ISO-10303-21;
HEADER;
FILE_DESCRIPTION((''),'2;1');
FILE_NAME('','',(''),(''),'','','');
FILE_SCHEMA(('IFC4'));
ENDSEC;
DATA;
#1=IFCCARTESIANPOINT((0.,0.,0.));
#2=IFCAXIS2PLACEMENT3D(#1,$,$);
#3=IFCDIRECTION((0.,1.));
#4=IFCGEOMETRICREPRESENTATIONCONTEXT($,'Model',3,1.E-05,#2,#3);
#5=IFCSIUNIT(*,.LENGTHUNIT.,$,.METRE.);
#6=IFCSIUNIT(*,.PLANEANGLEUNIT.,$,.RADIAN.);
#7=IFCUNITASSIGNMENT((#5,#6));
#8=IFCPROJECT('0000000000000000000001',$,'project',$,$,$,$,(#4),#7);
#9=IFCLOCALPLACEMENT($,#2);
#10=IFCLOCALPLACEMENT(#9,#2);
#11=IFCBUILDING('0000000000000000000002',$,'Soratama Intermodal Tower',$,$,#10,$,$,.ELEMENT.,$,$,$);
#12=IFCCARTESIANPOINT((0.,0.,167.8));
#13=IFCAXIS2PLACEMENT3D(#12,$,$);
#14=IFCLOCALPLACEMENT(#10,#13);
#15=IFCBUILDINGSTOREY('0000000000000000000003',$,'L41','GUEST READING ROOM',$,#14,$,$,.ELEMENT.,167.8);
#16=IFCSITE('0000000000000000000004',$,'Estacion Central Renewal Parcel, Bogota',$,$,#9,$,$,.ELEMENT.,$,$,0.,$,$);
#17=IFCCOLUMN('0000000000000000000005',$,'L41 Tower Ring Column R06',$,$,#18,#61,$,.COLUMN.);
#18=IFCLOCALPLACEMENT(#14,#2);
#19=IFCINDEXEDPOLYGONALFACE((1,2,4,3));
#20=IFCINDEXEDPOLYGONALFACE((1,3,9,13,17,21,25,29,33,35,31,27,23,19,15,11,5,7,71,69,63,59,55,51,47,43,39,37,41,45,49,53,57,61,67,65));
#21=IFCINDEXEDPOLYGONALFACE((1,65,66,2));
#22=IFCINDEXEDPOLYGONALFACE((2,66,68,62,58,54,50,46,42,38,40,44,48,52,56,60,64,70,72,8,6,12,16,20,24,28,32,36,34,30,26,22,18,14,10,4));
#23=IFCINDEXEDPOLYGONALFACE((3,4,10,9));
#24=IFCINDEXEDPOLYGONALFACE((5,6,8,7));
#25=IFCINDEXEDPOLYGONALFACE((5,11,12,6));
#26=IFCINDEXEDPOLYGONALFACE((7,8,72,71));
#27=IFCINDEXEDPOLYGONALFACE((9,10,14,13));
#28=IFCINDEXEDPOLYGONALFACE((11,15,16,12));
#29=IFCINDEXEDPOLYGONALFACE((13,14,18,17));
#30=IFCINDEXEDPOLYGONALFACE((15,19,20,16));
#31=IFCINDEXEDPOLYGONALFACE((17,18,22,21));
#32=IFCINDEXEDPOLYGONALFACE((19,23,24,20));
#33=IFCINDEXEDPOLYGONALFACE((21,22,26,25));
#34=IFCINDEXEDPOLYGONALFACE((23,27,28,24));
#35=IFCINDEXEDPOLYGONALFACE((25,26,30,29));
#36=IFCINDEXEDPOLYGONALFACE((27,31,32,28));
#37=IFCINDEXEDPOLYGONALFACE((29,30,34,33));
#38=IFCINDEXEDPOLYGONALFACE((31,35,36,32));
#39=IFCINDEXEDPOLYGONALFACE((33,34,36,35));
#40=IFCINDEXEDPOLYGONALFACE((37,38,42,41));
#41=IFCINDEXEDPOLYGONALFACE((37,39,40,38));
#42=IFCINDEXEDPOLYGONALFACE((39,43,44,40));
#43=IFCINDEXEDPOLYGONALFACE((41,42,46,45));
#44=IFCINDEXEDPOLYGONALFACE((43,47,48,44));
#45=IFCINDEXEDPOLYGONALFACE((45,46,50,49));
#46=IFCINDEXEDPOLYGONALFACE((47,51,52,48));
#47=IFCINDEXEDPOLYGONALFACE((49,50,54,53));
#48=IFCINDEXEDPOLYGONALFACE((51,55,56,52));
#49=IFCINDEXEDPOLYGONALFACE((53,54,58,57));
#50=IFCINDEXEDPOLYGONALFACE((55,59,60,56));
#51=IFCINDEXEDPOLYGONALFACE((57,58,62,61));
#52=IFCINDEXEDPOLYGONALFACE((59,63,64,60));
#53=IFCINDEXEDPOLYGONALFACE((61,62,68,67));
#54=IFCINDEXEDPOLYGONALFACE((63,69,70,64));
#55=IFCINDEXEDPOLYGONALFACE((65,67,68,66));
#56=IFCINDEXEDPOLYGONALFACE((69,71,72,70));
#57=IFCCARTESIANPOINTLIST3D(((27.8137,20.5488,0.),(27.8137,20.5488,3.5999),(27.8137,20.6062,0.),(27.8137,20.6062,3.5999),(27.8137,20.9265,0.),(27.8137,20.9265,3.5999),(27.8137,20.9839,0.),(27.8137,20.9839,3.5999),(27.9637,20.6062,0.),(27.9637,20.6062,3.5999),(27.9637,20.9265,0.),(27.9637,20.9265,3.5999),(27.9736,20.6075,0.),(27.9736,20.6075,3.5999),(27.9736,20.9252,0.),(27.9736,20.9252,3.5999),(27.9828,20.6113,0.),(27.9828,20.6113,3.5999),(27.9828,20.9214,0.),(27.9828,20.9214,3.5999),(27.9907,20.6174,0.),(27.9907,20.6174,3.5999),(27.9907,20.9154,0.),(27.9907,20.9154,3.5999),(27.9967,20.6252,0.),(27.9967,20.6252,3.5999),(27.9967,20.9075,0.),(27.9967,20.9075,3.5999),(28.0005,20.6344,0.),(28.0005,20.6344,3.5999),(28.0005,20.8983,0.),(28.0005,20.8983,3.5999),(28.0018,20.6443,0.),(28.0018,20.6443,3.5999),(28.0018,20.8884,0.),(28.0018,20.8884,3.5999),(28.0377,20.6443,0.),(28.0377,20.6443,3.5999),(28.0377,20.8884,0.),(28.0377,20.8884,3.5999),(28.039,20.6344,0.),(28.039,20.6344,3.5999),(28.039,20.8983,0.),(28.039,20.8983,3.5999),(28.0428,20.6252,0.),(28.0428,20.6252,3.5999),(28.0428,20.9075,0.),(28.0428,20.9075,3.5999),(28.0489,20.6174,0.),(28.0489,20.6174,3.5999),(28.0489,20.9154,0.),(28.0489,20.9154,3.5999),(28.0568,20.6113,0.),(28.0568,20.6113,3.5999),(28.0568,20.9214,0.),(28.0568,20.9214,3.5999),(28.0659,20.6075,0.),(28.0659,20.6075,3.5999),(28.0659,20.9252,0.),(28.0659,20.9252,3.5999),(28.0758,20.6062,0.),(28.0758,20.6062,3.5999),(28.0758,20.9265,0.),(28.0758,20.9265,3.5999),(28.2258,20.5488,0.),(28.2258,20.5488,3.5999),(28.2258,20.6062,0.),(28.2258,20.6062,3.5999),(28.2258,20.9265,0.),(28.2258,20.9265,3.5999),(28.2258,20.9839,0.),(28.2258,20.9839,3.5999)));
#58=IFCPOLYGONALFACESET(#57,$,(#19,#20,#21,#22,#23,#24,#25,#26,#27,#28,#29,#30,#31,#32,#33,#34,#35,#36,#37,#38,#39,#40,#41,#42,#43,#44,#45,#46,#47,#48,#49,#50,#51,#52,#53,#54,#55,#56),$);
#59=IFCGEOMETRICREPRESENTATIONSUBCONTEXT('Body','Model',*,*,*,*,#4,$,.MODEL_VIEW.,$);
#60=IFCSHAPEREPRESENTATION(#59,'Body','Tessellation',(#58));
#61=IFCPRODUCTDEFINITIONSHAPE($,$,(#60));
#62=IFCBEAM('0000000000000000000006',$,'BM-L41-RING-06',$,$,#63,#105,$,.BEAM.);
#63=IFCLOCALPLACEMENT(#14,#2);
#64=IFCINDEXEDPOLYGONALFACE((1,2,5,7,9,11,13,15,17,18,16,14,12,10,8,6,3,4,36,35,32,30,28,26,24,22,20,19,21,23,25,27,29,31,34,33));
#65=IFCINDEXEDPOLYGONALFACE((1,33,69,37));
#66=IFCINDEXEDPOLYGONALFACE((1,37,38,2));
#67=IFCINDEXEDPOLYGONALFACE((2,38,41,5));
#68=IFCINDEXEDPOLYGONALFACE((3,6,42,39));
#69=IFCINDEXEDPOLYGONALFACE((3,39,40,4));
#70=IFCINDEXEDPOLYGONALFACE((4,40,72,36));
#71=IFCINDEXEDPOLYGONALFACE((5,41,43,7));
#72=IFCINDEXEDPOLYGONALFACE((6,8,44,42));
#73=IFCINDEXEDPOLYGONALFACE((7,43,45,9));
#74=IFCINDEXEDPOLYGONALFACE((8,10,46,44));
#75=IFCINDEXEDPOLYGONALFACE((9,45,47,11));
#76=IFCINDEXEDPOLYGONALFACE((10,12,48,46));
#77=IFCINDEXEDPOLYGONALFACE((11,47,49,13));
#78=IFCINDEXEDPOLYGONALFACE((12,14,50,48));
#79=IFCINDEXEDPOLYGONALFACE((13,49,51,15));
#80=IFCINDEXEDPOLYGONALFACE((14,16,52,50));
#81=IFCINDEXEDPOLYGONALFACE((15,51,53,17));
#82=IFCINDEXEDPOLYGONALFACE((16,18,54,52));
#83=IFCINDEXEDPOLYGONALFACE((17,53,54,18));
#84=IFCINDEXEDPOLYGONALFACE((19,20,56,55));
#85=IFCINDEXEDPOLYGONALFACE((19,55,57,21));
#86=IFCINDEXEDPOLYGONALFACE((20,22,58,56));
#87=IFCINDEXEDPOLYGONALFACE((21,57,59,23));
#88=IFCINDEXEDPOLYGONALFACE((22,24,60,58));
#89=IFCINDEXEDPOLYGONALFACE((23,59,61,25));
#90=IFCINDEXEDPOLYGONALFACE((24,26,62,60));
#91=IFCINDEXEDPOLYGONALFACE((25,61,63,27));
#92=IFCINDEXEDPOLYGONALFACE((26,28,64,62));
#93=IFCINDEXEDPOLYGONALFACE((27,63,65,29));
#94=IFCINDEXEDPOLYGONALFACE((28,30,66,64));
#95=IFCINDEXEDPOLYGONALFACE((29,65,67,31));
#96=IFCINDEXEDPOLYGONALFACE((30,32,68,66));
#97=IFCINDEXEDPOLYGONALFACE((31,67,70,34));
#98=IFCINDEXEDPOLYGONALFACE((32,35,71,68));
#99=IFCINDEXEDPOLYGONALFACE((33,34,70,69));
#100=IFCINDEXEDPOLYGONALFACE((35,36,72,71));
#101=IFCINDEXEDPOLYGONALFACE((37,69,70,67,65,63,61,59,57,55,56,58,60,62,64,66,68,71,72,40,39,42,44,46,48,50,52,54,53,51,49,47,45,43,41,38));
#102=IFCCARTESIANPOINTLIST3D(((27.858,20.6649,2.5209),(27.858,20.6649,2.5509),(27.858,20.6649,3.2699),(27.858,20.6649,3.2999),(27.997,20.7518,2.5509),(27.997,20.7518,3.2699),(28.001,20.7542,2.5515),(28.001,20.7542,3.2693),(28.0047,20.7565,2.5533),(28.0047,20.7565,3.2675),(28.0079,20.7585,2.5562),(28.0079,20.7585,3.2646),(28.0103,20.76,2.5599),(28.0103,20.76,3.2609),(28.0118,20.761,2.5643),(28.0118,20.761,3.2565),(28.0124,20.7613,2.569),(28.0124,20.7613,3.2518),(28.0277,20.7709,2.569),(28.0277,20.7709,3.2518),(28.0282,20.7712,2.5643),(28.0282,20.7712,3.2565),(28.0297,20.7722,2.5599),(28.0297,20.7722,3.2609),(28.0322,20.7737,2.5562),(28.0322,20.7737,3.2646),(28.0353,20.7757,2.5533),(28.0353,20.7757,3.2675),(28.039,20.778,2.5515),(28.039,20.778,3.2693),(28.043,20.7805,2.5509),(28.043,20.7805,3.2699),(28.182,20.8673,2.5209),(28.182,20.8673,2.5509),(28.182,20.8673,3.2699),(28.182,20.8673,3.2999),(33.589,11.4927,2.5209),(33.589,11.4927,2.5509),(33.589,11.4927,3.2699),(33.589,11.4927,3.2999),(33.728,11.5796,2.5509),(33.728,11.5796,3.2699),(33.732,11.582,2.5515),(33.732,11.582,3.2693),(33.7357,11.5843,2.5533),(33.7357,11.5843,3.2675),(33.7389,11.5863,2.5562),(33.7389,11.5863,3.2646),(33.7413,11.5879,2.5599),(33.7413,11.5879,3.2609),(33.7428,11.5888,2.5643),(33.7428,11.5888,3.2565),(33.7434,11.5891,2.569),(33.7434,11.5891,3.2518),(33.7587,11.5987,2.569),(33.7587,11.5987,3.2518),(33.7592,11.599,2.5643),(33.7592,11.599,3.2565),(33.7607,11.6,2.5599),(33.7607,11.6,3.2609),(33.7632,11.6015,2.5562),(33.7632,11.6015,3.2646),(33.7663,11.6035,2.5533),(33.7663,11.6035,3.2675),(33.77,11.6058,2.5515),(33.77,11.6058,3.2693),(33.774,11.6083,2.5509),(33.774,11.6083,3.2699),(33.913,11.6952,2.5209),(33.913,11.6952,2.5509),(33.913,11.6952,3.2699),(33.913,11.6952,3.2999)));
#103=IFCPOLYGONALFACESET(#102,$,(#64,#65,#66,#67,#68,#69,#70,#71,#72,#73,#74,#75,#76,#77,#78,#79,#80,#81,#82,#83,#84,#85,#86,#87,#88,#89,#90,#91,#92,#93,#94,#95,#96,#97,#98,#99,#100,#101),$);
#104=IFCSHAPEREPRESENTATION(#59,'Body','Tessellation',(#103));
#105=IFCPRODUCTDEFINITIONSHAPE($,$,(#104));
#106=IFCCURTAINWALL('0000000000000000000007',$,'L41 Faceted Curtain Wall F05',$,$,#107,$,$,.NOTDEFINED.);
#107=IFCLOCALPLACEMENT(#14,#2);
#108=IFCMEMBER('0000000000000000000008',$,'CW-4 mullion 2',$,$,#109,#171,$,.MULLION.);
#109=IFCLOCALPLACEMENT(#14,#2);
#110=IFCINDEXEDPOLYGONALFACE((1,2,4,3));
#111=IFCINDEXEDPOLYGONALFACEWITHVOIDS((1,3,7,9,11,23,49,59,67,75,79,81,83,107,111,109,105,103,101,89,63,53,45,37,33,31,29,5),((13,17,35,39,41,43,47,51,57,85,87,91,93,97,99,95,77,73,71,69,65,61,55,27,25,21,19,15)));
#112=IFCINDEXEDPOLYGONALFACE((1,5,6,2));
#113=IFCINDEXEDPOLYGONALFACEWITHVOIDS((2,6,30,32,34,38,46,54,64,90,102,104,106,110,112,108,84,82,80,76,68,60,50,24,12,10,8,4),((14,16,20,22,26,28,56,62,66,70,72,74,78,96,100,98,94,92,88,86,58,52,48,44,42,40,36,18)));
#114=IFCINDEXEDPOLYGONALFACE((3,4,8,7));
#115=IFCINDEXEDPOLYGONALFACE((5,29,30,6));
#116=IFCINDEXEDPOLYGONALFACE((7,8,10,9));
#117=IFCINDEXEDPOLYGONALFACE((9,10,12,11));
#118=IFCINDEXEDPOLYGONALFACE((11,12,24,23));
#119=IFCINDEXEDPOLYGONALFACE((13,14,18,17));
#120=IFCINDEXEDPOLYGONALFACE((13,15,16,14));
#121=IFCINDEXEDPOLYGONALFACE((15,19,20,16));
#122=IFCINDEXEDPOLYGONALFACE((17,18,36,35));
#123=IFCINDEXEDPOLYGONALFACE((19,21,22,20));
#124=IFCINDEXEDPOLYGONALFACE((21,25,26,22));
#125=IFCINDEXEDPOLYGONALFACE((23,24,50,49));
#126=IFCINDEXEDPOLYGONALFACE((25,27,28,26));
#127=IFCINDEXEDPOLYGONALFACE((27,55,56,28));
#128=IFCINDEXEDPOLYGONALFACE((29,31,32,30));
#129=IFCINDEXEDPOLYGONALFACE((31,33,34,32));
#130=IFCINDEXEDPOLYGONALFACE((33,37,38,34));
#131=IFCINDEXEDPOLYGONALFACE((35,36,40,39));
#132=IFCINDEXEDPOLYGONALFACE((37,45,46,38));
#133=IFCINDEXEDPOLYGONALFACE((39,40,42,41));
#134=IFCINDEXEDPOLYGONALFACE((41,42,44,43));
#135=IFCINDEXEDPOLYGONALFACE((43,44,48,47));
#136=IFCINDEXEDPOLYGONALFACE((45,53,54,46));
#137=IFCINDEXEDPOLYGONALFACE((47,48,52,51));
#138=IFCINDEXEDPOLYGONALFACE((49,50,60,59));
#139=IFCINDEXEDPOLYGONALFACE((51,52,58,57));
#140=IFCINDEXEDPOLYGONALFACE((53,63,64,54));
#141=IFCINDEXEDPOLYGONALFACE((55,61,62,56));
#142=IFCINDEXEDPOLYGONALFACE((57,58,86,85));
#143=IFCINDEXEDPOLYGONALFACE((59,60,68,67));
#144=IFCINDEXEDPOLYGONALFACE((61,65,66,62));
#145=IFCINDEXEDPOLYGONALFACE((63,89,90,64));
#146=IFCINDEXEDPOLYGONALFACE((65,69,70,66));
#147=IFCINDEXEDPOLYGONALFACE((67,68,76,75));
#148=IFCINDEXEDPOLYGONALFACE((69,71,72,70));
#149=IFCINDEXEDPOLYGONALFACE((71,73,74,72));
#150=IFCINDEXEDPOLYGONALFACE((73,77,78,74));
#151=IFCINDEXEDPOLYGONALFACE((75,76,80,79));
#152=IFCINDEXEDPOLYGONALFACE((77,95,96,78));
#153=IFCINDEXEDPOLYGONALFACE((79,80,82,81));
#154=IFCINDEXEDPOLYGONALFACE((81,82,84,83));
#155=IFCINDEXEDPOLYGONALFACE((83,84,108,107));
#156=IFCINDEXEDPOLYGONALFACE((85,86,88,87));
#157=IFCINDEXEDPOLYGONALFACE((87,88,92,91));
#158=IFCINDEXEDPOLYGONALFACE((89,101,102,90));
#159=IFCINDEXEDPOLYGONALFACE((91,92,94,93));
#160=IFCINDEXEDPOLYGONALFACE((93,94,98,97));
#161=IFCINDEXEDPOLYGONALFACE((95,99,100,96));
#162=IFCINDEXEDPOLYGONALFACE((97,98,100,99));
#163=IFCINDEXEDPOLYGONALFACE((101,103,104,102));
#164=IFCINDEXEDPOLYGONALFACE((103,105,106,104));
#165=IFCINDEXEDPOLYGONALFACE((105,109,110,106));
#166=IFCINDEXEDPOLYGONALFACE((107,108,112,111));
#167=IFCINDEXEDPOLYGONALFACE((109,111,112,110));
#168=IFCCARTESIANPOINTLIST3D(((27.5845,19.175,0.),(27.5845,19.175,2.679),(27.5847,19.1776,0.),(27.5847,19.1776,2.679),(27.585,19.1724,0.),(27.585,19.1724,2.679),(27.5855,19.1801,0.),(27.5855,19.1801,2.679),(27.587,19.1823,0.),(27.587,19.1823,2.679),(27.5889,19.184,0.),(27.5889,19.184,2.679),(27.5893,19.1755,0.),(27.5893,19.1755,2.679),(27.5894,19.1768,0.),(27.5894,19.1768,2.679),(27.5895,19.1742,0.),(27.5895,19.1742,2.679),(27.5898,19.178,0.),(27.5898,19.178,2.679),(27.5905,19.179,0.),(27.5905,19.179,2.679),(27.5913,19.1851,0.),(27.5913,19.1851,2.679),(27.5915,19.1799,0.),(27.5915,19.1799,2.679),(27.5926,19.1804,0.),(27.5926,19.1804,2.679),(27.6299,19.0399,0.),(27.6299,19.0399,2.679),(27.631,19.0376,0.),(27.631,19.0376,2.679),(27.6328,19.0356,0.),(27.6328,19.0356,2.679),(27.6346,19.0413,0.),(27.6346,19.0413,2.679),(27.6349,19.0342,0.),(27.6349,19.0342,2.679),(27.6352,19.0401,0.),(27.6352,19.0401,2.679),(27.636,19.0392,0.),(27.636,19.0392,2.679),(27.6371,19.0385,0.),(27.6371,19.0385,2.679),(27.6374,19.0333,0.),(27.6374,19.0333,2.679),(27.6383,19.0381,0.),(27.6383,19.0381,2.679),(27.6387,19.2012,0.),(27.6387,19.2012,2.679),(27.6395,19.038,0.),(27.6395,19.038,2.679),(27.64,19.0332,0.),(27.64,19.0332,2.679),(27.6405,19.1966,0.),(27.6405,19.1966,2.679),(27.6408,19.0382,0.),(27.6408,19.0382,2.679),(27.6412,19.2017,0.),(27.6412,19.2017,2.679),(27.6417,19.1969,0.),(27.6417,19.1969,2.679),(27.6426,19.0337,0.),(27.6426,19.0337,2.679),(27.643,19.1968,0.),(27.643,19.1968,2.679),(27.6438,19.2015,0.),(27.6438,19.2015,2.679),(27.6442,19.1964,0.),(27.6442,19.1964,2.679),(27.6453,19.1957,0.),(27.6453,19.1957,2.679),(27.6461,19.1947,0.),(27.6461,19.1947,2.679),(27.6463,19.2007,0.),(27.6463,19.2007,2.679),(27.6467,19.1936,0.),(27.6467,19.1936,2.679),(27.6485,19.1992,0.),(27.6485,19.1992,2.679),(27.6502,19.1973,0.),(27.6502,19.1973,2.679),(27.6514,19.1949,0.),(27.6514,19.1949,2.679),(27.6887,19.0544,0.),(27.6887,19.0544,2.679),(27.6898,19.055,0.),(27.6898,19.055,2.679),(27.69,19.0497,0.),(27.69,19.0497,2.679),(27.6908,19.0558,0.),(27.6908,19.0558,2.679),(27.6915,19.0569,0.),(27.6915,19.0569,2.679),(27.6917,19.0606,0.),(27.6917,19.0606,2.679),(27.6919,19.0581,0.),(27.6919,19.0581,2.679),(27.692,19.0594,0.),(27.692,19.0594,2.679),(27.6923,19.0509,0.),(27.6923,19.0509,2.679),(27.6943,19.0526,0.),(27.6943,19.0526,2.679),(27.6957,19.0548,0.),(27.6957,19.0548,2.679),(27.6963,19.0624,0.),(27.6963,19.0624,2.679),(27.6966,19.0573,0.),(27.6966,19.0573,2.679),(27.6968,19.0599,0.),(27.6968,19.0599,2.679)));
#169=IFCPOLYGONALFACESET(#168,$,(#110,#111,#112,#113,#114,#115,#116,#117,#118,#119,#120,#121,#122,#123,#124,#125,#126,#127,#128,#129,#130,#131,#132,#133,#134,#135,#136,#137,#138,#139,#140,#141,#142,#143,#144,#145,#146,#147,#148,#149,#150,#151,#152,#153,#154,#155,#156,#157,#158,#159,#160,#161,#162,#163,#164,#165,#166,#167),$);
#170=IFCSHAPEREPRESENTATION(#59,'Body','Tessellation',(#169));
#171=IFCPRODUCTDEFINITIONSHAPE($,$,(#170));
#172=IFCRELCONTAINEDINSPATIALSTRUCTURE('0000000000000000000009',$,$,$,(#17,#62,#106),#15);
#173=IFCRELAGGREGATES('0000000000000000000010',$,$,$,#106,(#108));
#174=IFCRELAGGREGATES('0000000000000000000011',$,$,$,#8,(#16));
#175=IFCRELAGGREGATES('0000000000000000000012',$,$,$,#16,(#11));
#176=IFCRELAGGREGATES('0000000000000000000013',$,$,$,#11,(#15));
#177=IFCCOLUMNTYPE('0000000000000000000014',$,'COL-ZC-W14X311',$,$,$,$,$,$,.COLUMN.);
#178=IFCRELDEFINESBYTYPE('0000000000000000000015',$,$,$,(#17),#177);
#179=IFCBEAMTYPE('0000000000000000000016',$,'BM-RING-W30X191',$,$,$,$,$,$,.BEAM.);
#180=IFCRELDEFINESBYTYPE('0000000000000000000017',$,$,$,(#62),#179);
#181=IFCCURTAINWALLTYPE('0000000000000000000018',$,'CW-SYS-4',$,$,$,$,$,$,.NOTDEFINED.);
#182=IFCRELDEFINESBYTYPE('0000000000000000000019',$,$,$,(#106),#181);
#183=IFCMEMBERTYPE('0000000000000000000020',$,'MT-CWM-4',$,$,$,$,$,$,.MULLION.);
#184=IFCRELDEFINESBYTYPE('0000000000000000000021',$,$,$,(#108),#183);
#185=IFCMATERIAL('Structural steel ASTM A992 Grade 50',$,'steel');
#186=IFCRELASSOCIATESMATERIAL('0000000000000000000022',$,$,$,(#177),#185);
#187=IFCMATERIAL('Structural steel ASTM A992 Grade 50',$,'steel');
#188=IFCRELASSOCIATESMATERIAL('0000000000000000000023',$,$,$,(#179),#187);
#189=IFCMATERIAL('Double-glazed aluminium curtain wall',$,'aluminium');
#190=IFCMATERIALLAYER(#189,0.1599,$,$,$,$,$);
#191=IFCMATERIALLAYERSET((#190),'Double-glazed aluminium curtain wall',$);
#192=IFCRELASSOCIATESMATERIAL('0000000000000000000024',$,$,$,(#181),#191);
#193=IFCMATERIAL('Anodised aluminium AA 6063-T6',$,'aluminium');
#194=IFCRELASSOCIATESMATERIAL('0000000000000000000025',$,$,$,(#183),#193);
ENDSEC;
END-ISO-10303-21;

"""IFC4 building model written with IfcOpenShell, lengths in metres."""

from ifc_helpers import new_model, si_unit, direction, frame, origin, origin_2d, place, context, subcontext, project, spatial, hollow_rectangle, i_section, extrude, material, layer, layer_set, material_profile, profile_set, type_object, element, aggregate, save


model = new_model("IFC4")

# Units and contexts
model_context = context("Model", 3, precision=1e-05, world=origin(), true_north=direction((0.0, 1.0)))
body_context = subcontext(model_context, "Body", "Model", "MODEL_VIEW")
ifc_project = project(units=[si_unit("LENGTHUNIT", "METRE"), si_unit("PLANEANGLEUNIT", "RADIAN")], contexts=[model_context])

# Site, building, storey
site_placement = place(None, origin())
site = spatial("IfcSite", under=ifc_project, at=site_placement, Name="Estacion Central Renewal Parcel, Bogota", CompositionType="ELEMENT", RefElevation=0.0)
building_placement = place(site_placement, origin())
building = spatial("IfcBuilding", under=site, at=building_placement, Name="Soratama Intermodal Tower", CompositionType="ELEMENT")
storey_placement = place(building_placement, frame((0.0, 0.0, 167.8)))
storey = spatial("IfcBuildingStorey", under=building, at=storey_placement, Name="L41", Description="GUEST READING ROOM", CompositionType="ELEMENT", Elevation=167.8)

# Column
ifc_material_1 = material(Name="Structural steel ASTM A992 Grade 50", Category="steel")
ifc_material_profile_1 = material_profile(ifc_material_1, i_section(OverallWidth=0.4121, OverallDepth=0.4351, WebThickness=0.0359, FlangeThickness=0.0574, FilletRadius=0.0381, at=origin_2d()), Name="W14X311")
ifc_profile_set_1 = profile_set([ifc_material_profile_1], Name="Structural steel ASTM A992 Grade 50")
column_type = type_object("IfcColumnType", Name="COL-ZC-W14X311", PredefinedType="COLUMN", material=ifc_profile_set_1)
column_placement = place(storey_placement, frame((28.0198, 20.7664, 0.0), z_axis=(0.0, 0.0, 1.0), x_axis=(1.0, 0.0, 0.0)))
element("IfcColumn", 1, at=column_placement, inside=storey, type_object=column_type, Name="L41 Tower Ring Column R06", PredefinedType="COLUMN", context=body_context, shape_type="SweptSolid", body=[
    extrude(i_section(OverallWidth=0.4121, OverallDepth=0.4351, WebThickness=0.0359, FlangeThickness=0.0574, FilletRadius=0.0381, at=origin_2d()), origin(), (0.0, 0.0, 1.0), 3.5999),
])

# Beam
ifc_material_2 = material(Name="Structural steel ASTM A992 Grade 50", Category="steel")
ifc_material_profile_2 = material_profile(ifc_material_2, i_section(OverallWidth=0.3821, OverallDepth=0.7791, WebThickness=0.0181, FlangeThickness=0.03, FilletRadius=0.0181, at=origin_2d()), Name="W30X191")
ifc_profile_set_2 = profile_set([ifc_material_profile_2], Name="Structural steel ASTM A992 Grade 50")
beam_type = type_object("IfcBeamType", Name="BM-RING-W30X191", PredefinedType="BEAM", material=ifc_profile_set_2)
beam_placement = place(storey_placement, frame((28.02, 20.7661, 2.9104), z_axis=(0.529891, -0.848066, 0.0), x_axis=(0.848066, 0.529891, 0.0)))
element("IfcBeam", 2, at=beam_placement, inside=storey, type_object=beam_type, Name="BM-L41-RING-06", PredefinedType="BEAM", context=body_context, shape_type="SweptSolid", body=[
    extrude(i_section(OverallWidth=0.3821, OverallDepth=0.7791, WebThickness=0.0181, FlangeThickness=0.03, FilletRadius=0.0181, at=origin_2d()), origin(), (0.0, 0.0, 1.0), 10.8154),
])

# Curtain wall, member
ifc_material_3 = material(Name="Double-glazed aluminium curtain wall", Category="aluminium")
ifc_layer_1 = layer(ifc_material_3, 0.1599)
ifc_layer_set_1 = layer_set([ifc_layer_1], Name="Double-glazed aluminium curtain wall")
curtain_wall_type = type_object("IfcCurtainWallType", Name="CW-SYS-4", PredefinedType="NOTDEFINED", material=ifc_layer_set_1)
curtain_wall_placement = place(storey_placement, origin())
curtain_wall = element("IfcCurtainWall", 3, at=curtain_wall_placement, inside=storey, type_object=curtain_wall_type, Name="L41 Faceted Curtain Wall F05", PredefinedType="NOTDEFINED")
ifc_material_4 = material(Name="Anodised aluminium AA 6063-T6", Category="aluminium")
ifc_material_profile_3 = material_profile(ifc_material_4, hollow_rectangle(XDim=0.0701, YDim=0.1599, WallThickness=0.0049, InnerFilletRadius=0.0049, OuterFilletRadius=0.01, at=origin_2d()), Name="CWM160X70X5")
ifc_profile_set_3 = profile_set([ifc_material_profile_3], Name="Anodised aluminium AA 6063-T6")
member_type_1 = type_object("IfcMemberType", Name="MT-CWM-4", PredefinedType="MULLION", material=ifc_profile_set_3)
member_1_placement = place(storey_placement, frame((27.6406, 19.1174, 0.0), z_axis=(0.0, 0.0, 1.0), x_axis=(0.9471, 0.32094, 0.0)))
member_1 = element("IfcMember", 4, at=member_1_placement, type_object=member_type_1, Name="CW-4 mullion 2", PredefinedType="MULLION", context=body_context, shape_type="SweptSolid", body=[
    extrude(hollow_rectangle(XDim=0.0701, YDim=0.1599, WallThickness=0.0049, InnerFilletRadius=0.0049, OuterFilletRadius=0.01, at=origin_2d()), origin(), (0.0, 0.0, 1.0), 2.679),
])
aggregate(curtain_wall, [member_1])

save(model, "model.ifc")
